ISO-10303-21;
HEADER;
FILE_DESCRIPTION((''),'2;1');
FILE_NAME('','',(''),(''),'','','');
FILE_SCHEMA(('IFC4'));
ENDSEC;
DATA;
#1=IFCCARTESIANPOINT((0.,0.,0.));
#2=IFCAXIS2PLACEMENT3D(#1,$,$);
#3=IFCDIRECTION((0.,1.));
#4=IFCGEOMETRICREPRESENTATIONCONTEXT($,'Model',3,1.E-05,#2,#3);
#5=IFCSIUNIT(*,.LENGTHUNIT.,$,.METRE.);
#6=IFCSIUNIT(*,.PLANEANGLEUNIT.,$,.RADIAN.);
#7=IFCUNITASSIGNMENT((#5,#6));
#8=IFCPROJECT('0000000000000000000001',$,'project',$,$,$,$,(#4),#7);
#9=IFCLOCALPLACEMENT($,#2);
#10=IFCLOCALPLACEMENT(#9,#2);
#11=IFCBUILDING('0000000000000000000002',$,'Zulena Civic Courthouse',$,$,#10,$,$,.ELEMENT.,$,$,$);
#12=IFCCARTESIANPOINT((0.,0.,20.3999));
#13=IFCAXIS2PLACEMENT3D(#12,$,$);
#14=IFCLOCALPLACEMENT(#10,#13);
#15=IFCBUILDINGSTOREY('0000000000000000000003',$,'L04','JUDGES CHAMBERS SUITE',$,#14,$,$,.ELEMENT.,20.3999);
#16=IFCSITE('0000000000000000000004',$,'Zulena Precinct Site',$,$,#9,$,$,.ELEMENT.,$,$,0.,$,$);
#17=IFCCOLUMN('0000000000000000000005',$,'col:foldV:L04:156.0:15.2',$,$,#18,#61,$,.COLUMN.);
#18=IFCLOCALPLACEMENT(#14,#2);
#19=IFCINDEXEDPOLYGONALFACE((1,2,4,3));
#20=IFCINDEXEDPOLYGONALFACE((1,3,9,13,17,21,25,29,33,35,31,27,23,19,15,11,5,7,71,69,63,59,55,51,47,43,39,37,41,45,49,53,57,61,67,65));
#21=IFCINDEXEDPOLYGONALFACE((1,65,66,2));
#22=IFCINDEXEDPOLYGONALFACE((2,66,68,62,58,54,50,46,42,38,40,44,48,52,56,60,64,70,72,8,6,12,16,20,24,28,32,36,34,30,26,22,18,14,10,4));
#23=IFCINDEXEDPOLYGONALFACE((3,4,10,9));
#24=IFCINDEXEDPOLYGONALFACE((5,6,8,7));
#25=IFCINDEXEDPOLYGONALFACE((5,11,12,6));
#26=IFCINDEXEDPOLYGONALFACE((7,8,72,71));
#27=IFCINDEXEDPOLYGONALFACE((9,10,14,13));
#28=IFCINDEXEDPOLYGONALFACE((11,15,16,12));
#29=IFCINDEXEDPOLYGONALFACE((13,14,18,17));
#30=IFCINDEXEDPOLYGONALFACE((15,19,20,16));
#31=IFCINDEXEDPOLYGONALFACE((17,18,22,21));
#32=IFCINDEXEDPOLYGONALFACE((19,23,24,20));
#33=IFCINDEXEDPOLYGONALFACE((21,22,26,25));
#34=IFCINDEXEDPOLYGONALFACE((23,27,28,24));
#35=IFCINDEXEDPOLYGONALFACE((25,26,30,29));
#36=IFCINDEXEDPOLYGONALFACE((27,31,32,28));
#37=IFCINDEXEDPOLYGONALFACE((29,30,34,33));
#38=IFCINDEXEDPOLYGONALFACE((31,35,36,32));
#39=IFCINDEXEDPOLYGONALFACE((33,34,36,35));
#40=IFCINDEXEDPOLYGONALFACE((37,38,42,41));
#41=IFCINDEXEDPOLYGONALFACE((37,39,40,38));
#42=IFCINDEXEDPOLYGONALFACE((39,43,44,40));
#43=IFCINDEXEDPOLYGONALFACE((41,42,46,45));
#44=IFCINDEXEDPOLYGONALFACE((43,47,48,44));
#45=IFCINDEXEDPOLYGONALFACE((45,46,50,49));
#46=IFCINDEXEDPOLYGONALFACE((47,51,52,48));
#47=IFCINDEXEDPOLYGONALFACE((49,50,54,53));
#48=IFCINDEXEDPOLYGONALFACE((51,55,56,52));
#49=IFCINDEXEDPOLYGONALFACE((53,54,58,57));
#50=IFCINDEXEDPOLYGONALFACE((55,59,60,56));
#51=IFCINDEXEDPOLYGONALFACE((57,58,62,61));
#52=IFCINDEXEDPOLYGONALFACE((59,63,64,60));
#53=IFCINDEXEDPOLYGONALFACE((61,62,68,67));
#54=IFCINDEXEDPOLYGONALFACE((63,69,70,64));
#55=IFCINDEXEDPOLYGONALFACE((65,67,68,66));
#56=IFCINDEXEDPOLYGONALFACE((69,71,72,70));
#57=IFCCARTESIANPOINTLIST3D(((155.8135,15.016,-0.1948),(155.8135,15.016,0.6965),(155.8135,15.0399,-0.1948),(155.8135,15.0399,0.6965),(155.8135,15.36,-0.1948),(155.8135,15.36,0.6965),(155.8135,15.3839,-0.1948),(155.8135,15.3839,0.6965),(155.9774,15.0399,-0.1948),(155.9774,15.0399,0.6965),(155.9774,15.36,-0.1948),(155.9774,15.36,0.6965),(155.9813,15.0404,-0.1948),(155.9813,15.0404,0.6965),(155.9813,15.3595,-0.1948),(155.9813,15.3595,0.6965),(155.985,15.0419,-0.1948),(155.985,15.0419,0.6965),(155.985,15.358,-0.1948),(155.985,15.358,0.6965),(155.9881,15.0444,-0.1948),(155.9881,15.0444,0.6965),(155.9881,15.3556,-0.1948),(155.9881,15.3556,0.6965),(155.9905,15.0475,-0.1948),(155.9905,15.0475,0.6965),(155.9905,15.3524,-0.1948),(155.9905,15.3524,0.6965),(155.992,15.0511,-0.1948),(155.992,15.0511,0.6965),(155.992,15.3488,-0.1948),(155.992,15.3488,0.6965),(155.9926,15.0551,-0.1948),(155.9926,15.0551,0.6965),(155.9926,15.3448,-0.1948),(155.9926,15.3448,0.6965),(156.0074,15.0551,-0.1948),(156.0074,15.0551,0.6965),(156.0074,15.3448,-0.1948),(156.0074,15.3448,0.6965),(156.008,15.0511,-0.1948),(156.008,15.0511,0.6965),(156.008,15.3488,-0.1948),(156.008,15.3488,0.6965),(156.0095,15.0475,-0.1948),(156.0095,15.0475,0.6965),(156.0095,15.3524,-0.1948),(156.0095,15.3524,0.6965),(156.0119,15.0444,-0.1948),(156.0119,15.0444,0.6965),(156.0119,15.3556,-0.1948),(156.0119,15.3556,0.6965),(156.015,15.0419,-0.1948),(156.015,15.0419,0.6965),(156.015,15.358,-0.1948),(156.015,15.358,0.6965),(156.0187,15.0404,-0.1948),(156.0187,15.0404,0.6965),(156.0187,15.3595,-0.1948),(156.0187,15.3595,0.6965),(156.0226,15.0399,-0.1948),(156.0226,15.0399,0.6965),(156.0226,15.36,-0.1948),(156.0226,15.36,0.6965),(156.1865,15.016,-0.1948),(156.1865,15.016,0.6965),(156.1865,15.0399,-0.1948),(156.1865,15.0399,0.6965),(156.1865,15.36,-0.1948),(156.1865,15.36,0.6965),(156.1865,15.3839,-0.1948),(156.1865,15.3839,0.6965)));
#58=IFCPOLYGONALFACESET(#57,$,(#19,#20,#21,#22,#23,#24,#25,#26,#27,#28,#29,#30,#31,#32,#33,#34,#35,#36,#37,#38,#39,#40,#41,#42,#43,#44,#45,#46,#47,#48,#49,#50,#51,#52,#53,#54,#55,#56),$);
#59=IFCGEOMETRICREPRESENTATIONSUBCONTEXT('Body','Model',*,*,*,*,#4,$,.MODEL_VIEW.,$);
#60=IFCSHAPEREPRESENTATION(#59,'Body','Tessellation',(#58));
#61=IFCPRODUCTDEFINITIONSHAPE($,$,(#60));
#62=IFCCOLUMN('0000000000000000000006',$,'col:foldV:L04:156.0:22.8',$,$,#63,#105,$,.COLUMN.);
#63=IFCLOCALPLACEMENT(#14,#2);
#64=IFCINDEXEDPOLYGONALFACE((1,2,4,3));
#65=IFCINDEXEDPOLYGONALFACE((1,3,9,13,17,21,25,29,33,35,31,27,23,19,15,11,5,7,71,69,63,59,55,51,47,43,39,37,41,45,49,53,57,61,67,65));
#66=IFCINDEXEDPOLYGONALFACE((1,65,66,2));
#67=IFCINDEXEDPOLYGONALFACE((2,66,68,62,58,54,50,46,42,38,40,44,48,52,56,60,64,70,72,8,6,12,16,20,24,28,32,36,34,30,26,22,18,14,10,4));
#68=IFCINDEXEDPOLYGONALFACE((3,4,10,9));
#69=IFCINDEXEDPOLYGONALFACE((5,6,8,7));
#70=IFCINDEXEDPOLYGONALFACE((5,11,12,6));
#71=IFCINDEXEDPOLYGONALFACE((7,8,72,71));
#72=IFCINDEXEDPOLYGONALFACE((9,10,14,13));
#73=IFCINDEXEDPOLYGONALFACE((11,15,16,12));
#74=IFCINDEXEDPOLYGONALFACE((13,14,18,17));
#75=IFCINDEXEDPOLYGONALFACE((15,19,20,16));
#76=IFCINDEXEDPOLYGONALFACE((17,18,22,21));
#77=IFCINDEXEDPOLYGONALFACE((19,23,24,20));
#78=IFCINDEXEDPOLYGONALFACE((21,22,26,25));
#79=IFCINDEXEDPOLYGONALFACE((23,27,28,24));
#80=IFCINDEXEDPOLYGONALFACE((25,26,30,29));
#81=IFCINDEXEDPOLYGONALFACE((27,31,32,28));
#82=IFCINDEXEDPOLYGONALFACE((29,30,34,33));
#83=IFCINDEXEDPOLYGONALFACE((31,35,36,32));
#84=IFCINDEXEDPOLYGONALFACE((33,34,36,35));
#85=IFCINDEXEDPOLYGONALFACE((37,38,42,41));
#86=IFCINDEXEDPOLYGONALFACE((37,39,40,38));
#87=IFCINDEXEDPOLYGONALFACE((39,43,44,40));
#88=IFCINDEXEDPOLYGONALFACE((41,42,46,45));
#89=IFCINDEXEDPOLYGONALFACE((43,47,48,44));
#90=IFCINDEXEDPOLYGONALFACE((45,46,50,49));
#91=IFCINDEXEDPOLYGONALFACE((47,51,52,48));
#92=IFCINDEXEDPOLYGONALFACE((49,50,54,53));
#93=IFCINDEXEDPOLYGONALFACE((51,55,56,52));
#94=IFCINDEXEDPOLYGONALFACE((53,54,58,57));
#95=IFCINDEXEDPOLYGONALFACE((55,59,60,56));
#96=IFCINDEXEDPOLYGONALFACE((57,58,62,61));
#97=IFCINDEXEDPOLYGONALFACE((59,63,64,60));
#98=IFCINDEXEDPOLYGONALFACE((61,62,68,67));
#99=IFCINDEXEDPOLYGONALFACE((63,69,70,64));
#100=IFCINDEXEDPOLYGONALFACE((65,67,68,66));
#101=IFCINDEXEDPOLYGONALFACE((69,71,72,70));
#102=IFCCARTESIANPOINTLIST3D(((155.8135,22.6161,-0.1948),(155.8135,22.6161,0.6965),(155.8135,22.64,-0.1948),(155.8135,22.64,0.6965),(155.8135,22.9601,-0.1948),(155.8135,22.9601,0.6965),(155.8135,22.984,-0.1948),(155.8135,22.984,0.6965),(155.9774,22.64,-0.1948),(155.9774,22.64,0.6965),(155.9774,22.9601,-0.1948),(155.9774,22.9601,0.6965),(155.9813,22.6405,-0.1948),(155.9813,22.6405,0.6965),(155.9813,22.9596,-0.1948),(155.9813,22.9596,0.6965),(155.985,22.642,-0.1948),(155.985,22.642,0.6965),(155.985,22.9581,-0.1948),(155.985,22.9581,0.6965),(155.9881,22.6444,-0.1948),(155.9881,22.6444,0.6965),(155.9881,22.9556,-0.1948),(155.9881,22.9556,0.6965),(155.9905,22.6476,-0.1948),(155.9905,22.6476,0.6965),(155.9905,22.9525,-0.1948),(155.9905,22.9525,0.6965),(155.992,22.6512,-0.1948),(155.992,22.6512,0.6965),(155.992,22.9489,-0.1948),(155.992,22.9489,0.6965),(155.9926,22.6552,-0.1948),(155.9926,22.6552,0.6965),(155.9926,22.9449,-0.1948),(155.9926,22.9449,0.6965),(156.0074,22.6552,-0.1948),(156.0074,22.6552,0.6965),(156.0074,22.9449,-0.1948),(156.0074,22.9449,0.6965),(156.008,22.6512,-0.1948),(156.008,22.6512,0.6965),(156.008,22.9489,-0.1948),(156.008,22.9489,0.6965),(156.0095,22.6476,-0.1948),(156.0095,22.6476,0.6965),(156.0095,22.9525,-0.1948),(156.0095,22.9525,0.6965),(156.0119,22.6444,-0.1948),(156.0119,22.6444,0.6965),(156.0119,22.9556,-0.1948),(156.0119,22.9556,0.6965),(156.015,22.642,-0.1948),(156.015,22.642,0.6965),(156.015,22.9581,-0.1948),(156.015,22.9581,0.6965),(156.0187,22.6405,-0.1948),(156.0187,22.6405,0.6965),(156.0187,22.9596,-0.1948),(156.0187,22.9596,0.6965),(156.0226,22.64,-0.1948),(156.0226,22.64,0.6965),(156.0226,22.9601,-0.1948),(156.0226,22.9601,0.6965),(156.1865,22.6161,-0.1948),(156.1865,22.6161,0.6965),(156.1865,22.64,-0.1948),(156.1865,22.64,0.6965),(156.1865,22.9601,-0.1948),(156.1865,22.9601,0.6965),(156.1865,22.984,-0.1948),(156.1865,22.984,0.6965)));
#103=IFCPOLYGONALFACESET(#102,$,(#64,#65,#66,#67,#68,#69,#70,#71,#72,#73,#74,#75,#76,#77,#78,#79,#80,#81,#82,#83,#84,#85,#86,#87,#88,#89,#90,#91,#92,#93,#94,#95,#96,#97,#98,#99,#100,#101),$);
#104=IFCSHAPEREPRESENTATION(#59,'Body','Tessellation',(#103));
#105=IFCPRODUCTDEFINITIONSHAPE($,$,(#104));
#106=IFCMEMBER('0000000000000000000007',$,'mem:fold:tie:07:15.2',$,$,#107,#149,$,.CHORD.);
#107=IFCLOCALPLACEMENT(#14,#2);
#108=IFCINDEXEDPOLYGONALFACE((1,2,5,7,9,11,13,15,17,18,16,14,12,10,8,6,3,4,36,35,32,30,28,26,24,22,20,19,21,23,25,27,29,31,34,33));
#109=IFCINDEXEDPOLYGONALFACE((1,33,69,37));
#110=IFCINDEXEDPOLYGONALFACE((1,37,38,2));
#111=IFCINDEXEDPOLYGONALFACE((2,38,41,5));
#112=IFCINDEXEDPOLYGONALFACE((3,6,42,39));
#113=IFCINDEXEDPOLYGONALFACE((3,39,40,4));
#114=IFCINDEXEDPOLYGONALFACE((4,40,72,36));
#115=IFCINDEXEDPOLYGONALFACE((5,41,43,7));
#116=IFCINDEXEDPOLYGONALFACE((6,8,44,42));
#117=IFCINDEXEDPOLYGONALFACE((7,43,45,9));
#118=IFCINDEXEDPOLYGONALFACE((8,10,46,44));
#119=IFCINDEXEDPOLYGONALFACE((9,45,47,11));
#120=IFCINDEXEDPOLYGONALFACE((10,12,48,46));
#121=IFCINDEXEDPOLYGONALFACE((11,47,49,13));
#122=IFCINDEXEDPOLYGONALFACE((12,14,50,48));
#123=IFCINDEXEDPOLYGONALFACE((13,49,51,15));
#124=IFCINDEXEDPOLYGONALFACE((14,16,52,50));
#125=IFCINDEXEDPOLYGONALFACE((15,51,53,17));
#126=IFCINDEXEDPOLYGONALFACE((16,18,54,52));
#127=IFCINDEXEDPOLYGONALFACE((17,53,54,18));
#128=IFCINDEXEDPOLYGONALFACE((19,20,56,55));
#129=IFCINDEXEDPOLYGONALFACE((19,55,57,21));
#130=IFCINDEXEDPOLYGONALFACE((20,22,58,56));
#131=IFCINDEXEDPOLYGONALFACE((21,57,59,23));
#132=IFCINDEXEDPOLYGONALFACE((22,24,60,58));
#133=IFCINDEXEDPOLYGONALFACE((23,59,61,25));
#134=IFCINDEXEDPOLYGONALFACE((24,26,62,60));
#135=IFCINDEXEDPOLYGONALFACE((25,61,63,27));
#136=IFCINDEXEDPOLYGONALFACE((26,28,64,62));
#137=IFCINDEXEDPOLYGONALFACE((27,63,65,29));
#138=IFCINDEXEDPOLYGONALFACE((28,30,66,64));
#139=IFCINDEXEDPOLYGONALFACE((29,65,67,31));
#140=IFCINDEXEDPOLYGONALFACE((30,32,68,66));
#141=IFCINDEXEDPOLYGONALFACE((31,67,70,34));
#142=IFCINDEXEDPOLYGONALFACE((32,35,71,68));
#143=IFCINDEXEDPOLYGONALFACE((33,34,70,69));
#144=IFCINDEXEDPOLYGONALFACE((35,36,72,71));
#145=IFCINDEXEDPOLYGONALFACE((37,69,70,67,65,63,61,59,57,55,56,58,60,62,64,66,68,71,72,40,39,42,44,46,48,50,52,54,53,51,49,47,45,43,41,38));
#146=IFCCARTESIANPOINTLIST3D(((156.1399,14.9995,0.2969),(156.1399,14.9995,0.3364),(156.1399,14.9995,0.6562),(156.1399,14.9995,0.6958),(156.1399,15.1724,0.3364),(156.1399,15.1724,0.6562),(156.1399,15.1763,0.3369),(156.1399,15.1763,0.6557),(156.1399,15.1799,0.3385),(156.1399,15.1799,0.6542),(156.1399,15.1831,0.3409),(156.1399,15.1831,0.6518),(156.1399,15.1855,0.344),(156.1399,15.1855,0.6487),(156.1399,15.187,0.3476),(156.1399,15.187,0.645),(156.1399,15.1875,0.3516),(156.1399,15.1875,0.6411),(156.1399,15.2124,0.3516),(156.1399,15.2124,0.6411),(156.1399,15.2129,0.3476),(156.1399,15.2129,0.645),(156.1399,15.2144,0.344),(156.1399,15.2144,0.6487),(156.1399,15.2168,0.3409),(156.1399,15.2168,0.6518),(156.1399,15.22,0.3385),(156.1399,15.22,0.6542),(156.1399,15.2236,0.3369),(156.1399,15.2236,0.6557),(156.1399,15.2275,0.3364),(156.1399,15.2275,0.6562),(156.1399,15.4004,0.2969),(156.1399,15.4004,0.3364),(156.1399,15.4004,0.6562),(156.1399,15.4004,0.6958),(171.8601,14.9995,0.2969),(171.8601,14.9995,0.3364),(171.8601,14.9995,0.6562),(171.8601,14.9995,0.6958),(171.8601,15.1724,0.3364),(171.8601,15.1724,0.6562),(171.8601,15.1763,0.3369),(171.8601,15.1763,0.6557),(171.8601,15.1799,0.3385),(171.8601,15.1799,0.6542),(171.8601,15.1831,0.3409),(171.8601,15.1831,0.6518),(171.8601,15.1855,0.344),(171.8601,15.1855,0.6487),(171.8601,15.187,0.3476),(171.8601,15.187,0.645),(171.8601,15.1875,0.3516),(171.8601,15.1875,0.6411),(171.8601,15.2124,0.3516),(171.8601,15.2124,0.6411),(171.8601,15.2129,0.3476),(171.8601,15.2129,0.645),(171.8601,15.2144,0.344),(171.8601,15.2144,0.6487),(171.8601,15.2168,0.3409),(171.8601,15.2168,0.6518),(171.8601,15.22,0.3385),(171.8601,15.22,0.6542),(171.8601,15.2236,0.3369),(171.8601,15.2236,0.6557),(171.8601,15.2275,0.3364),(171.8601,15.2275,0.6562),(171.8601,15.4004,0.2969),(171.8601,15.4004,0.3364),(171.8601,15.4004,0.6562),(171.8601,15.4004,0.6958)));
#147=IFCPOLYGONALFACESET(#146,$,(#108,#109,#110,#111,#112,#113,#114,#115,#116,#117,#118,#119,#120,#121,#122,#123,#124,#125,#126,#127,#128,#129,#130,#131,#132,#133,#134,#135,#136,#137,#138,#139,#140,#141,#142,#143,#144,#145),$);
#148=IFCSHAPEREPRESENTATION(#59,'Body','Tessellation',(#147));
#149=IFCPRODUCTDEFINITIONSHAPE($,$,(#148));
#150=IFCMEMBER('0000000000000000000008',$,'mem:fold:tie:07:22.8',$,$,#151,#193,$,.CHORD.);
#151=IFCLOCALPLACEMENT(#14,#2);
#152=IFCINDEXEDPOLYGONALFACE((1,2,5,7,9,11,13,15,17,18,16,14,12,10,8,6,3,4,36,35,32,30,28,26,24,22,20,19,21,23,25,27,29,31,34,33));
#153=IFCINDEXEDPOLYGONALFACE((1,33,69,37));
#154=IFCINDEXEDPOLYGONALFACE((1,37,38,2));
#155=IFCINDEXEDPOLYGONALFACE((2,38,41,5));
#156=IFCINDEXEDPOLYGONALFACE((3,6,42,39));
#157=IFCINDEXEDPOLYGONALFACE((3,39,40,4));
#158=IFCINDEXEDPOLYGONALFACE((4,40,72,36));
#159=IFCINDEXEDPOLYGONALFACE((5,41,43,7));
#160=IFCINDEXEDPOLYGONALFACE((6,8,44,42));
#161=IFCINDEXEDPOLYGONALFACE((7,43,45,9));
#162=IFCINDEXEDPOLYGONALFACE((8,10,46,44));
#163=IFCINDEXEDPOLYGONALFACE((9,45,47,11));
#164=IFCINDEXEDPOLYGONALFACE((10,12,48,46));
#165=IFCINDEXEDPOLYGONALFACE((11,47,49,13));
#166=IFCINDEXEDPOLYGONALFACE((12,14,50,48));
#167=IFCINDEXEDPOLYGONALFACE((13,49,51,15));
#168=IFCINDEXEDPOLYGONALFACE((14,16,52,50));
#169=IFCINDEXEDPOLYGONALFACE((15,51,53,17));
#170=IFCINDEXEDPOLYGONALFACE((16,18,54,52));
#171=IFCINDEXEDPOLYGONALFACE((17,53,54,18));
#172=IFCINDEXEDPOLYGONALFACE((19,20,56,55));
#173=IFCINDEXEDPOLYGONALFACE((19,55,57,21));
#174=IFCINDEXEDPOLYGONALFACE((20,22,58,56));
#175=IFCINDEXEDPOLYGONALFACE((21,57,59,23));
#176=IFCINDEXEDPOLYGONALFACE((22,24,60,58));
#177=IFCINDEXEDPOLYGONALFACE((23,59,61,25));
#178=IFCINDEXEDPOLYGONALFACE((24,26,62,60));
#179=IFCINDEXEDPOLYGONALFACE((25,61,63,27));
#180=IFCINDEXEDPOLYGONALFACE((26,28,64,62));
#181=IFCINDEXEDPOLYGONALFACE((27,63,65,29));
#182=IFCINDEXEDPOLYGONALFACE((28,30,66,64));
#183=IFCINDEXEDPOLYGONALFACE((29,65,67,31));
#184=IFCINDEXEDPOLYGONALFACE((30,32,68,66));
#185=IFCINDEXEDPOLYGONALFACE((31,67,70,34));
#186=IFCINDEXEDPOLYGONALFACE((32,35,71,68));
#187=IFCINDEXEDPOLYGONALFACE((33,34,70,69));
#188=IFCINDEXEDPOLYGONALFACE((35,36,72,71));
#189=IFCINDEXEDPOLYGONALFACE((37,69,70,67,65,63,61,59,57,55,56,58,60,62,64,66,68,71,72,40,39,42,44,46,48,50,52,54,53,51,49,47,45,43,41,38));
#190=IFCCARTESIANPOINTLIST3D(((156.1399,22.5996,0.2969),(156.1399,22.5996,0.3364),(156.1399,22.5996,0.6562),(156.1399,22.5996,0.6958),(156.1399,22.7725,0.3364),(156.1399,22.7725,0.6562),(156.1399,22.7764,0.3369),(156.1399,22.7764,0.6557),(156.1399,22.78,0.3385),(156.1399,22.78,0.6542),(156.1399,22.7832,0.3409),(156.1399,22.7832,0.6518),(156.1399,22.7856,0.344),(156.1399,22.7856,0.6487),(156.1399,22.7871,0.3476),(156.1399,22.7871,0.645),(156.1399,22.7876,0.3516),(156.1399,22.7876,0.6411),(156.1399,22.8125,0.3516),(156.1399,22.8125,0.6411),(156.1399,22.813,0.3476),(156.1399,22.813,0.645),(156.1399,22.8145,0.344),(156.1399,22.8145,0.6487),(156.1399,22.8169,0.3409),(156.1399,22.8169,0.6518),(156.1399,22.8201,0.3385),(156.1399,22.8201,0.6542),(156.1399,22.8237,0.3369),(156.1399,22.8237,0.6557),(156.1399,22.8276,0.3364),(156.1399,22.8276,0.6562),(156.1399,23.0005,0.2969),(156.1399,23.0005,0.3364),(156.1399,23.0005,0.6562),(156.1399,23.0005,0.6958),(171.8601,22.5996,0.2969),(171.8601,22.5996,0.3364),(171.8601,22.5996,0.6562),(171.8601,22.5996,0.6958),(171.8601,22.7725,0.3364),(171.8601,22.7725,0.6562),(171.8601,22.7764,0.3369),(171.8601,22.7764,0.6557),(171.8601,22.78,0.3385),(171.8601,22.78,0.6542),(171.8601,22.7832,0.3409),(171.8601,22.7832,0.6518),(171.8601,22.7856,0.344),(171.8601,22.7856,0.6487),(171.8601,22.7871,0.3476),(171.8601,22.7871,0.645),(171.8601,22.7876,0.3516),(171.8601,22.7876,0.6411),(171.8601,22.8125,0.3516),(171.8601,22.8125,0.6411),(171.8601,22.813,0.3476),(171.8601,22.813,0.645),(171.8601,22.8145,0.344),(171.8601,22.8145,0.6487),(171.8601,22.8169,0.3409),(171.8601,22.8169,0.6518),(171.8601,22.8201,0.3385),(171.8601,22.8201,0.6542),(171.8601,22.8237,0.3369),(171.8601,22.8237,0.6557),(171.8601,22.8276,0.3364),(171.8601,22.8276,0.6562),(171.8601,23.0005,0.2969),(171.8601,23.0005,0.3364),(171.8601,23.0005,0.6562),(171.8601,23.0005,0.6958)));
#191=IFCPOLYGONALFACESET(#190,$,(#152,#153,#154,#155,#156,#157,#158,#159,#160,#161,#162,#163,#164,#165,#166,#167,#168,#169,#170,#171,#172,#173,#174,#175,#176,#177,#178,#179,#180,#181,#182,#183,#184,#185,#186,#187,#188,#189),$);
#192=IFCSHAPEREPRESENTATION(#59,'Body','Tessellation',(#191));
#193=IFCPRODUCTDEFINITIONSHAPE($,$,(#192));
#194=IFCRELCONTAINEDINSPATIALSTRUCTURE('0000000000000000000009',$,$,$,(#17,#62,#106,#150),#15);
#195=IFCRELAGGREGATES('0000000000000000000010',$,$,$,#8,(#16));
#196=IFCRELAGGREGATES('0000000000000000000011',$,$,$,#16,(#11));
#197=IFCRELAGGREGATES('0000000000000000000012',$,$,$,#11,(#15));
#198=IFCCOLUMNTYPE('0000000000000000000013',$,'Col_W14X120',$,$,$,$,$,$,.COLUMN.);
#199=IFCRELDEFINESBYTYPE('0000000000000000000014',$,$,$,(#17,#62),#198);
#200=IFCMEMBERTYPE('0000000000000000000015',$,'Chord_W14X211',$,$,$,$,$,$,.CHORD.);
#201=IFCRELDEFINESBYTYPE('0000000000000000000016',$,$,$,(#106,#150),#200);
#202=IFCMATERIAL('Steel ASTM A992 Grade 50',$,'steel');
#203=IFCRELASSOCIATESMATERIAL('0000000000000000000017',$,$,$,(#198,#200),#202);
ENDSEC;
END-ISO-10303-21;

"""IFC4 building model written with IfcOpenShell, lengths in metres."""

from ifc_helpers import new_model, si_unit, direction, frame, origin, origin_2d, place, context, subcontext, project, spatial, i_section, extrude, material, material_profile, profile_set, type_object, element, save


model = new_model("IFC4")

# Units and contexts
model_context = context("Model", 3, precision=1e-05, world=origin(), true_north=direction((0.0, 1.0)))
body_context = subcontext(model_context, "Body", "Model", "MODEL_VIEW")
ifc_project = project(units=[si_unit("LENGTHUNIT", "METRE"), si_unit("PLANEANGLEUNIT", "RADIAN")], contexts=[model_context])

# Site, building, storey
site_placement = place(None, origin())
site = spatial("IfcSite", under=ifc_project, at=site_placement, Name="Zulena Precinct Site", CompositionType="ELEMENT", RefElevation=0.0)
building_placement = place(site_placement, origin())
building = spatial("IfcBuilding", under=site, at=building_placement, Name="Zulena Civic Courthouse", CompositionType="ELEMENT")
storey_placement = place(building_placement, frame((0.0, 0.0, 20.3999)))
storey = spatial("IfcBuildingStorey", under=building, at=storey_placement, Name="L04", Description="JUDGES CHAMBERS SUITE", CompositionType="ELEMENT", Elevation=20.3999)

# Columns
ifc_material_1 = material(Name="Steel ASTM A992 Grade 50", Category="steel")
ifc_material_profile_1 = material_profile(ifc_material_1, i_section(OverallWidth=0.373, OverallDepth=0.3679, WebThickness=0.0149, FlangeThickness=0.0239, FilletRadius=0.0151, at=origin_2d()), Name="W14X120")
ifc_profile_set_1 = profile_set([ifc_material_profile_1], Name="Steel ASTM A992 Grade 50")
column_type = type_object("IfcColumnType", Name="Col_W14X120", PredefinedType="COLUMN", material=ifc_profile_set_1)
for number, where, z_axis, x_axis, name in (
    (1, (156.0, 15.2, -0.1948), (0.0, 0.0, 1.0), (1.0, 0.0, 0.0), "col:foldV:L04:156.0:15.2"),
    (2, (156.0, 22.8, -0.1948), (0.0, 0.0, 1.0), (1.0, 0.0, 0.0), "col:foldV:L04:156.0:22.8"),
):
    element("IfcColumn", number, at=place(storey_placement, frame(where, z_axis=z_axis, x_axis=x_axis)), inside=storey, type_object=column_type, Name=name, PredefinedType="COLUMN", context=body_context, shape_type="SweptSolid", body=[
        extrude(i_section(OverallWidth=0.373, OverallDepth=0.3679, WebThickness=0.0149, FlangeThickness=0.0239, FilletRadius=0.0151, at=origin_2d()), origin(), (0.0, 0.0, 1.0), 0.8914),
    ])

# Members
ifc_material_profile_2 = material_profile(ifc_material_1, i_section(OverallWidth=0.4009, OverallDepth=0.3989, WebThickness=0.0249, FlangeThickness=0.0396, FilletRadius=0.0151, at=origin_2d()), Name="W14X211")
ifc_profile_set_2 = profile_set([ifc_material_profile_2], Name="Steel ASTM A992 Grade 50")
member_type_1 = type_object("IfcMemberType", Name="Chord_W14X211", PredefinedType="CHORD", material=ifc_profile_set_2)
for number, where, z_axis, x_axis, name in (
    (3, (156.1399, 15.2, 0.4963), (1.0, 0.0, 0.0), (0.0, 1.0, 0.0), "mem:fold:tie:07:15.2"),
    (4, (156.1399, 22.8, 0.4963), (1.0, 0.0, 0.0), (0.0, 1.0, 0.0), "mem:fold:tie:07:22.8"),
):
    element("IfcMember", number, at=place(storey_placement, frame(where, z_axis=z_axis, x_axis=x_axis)), inside=storey, type_object=member_type_1, Name=name, PredefinedType="CHORD", context=body_context, shape_type="SweptSolid", body=[
        extrude(i_section(OverallWidth=0.4009, OverallDepth=0.3989, WebThickness=0.0249, FlangeThickness=0.0396, FilletRadius=0.0151, at=origin_2d()), origin(), (0.0, 0.0, 1.0), 15.7202),
    ])

save(model, "model.ifc")
